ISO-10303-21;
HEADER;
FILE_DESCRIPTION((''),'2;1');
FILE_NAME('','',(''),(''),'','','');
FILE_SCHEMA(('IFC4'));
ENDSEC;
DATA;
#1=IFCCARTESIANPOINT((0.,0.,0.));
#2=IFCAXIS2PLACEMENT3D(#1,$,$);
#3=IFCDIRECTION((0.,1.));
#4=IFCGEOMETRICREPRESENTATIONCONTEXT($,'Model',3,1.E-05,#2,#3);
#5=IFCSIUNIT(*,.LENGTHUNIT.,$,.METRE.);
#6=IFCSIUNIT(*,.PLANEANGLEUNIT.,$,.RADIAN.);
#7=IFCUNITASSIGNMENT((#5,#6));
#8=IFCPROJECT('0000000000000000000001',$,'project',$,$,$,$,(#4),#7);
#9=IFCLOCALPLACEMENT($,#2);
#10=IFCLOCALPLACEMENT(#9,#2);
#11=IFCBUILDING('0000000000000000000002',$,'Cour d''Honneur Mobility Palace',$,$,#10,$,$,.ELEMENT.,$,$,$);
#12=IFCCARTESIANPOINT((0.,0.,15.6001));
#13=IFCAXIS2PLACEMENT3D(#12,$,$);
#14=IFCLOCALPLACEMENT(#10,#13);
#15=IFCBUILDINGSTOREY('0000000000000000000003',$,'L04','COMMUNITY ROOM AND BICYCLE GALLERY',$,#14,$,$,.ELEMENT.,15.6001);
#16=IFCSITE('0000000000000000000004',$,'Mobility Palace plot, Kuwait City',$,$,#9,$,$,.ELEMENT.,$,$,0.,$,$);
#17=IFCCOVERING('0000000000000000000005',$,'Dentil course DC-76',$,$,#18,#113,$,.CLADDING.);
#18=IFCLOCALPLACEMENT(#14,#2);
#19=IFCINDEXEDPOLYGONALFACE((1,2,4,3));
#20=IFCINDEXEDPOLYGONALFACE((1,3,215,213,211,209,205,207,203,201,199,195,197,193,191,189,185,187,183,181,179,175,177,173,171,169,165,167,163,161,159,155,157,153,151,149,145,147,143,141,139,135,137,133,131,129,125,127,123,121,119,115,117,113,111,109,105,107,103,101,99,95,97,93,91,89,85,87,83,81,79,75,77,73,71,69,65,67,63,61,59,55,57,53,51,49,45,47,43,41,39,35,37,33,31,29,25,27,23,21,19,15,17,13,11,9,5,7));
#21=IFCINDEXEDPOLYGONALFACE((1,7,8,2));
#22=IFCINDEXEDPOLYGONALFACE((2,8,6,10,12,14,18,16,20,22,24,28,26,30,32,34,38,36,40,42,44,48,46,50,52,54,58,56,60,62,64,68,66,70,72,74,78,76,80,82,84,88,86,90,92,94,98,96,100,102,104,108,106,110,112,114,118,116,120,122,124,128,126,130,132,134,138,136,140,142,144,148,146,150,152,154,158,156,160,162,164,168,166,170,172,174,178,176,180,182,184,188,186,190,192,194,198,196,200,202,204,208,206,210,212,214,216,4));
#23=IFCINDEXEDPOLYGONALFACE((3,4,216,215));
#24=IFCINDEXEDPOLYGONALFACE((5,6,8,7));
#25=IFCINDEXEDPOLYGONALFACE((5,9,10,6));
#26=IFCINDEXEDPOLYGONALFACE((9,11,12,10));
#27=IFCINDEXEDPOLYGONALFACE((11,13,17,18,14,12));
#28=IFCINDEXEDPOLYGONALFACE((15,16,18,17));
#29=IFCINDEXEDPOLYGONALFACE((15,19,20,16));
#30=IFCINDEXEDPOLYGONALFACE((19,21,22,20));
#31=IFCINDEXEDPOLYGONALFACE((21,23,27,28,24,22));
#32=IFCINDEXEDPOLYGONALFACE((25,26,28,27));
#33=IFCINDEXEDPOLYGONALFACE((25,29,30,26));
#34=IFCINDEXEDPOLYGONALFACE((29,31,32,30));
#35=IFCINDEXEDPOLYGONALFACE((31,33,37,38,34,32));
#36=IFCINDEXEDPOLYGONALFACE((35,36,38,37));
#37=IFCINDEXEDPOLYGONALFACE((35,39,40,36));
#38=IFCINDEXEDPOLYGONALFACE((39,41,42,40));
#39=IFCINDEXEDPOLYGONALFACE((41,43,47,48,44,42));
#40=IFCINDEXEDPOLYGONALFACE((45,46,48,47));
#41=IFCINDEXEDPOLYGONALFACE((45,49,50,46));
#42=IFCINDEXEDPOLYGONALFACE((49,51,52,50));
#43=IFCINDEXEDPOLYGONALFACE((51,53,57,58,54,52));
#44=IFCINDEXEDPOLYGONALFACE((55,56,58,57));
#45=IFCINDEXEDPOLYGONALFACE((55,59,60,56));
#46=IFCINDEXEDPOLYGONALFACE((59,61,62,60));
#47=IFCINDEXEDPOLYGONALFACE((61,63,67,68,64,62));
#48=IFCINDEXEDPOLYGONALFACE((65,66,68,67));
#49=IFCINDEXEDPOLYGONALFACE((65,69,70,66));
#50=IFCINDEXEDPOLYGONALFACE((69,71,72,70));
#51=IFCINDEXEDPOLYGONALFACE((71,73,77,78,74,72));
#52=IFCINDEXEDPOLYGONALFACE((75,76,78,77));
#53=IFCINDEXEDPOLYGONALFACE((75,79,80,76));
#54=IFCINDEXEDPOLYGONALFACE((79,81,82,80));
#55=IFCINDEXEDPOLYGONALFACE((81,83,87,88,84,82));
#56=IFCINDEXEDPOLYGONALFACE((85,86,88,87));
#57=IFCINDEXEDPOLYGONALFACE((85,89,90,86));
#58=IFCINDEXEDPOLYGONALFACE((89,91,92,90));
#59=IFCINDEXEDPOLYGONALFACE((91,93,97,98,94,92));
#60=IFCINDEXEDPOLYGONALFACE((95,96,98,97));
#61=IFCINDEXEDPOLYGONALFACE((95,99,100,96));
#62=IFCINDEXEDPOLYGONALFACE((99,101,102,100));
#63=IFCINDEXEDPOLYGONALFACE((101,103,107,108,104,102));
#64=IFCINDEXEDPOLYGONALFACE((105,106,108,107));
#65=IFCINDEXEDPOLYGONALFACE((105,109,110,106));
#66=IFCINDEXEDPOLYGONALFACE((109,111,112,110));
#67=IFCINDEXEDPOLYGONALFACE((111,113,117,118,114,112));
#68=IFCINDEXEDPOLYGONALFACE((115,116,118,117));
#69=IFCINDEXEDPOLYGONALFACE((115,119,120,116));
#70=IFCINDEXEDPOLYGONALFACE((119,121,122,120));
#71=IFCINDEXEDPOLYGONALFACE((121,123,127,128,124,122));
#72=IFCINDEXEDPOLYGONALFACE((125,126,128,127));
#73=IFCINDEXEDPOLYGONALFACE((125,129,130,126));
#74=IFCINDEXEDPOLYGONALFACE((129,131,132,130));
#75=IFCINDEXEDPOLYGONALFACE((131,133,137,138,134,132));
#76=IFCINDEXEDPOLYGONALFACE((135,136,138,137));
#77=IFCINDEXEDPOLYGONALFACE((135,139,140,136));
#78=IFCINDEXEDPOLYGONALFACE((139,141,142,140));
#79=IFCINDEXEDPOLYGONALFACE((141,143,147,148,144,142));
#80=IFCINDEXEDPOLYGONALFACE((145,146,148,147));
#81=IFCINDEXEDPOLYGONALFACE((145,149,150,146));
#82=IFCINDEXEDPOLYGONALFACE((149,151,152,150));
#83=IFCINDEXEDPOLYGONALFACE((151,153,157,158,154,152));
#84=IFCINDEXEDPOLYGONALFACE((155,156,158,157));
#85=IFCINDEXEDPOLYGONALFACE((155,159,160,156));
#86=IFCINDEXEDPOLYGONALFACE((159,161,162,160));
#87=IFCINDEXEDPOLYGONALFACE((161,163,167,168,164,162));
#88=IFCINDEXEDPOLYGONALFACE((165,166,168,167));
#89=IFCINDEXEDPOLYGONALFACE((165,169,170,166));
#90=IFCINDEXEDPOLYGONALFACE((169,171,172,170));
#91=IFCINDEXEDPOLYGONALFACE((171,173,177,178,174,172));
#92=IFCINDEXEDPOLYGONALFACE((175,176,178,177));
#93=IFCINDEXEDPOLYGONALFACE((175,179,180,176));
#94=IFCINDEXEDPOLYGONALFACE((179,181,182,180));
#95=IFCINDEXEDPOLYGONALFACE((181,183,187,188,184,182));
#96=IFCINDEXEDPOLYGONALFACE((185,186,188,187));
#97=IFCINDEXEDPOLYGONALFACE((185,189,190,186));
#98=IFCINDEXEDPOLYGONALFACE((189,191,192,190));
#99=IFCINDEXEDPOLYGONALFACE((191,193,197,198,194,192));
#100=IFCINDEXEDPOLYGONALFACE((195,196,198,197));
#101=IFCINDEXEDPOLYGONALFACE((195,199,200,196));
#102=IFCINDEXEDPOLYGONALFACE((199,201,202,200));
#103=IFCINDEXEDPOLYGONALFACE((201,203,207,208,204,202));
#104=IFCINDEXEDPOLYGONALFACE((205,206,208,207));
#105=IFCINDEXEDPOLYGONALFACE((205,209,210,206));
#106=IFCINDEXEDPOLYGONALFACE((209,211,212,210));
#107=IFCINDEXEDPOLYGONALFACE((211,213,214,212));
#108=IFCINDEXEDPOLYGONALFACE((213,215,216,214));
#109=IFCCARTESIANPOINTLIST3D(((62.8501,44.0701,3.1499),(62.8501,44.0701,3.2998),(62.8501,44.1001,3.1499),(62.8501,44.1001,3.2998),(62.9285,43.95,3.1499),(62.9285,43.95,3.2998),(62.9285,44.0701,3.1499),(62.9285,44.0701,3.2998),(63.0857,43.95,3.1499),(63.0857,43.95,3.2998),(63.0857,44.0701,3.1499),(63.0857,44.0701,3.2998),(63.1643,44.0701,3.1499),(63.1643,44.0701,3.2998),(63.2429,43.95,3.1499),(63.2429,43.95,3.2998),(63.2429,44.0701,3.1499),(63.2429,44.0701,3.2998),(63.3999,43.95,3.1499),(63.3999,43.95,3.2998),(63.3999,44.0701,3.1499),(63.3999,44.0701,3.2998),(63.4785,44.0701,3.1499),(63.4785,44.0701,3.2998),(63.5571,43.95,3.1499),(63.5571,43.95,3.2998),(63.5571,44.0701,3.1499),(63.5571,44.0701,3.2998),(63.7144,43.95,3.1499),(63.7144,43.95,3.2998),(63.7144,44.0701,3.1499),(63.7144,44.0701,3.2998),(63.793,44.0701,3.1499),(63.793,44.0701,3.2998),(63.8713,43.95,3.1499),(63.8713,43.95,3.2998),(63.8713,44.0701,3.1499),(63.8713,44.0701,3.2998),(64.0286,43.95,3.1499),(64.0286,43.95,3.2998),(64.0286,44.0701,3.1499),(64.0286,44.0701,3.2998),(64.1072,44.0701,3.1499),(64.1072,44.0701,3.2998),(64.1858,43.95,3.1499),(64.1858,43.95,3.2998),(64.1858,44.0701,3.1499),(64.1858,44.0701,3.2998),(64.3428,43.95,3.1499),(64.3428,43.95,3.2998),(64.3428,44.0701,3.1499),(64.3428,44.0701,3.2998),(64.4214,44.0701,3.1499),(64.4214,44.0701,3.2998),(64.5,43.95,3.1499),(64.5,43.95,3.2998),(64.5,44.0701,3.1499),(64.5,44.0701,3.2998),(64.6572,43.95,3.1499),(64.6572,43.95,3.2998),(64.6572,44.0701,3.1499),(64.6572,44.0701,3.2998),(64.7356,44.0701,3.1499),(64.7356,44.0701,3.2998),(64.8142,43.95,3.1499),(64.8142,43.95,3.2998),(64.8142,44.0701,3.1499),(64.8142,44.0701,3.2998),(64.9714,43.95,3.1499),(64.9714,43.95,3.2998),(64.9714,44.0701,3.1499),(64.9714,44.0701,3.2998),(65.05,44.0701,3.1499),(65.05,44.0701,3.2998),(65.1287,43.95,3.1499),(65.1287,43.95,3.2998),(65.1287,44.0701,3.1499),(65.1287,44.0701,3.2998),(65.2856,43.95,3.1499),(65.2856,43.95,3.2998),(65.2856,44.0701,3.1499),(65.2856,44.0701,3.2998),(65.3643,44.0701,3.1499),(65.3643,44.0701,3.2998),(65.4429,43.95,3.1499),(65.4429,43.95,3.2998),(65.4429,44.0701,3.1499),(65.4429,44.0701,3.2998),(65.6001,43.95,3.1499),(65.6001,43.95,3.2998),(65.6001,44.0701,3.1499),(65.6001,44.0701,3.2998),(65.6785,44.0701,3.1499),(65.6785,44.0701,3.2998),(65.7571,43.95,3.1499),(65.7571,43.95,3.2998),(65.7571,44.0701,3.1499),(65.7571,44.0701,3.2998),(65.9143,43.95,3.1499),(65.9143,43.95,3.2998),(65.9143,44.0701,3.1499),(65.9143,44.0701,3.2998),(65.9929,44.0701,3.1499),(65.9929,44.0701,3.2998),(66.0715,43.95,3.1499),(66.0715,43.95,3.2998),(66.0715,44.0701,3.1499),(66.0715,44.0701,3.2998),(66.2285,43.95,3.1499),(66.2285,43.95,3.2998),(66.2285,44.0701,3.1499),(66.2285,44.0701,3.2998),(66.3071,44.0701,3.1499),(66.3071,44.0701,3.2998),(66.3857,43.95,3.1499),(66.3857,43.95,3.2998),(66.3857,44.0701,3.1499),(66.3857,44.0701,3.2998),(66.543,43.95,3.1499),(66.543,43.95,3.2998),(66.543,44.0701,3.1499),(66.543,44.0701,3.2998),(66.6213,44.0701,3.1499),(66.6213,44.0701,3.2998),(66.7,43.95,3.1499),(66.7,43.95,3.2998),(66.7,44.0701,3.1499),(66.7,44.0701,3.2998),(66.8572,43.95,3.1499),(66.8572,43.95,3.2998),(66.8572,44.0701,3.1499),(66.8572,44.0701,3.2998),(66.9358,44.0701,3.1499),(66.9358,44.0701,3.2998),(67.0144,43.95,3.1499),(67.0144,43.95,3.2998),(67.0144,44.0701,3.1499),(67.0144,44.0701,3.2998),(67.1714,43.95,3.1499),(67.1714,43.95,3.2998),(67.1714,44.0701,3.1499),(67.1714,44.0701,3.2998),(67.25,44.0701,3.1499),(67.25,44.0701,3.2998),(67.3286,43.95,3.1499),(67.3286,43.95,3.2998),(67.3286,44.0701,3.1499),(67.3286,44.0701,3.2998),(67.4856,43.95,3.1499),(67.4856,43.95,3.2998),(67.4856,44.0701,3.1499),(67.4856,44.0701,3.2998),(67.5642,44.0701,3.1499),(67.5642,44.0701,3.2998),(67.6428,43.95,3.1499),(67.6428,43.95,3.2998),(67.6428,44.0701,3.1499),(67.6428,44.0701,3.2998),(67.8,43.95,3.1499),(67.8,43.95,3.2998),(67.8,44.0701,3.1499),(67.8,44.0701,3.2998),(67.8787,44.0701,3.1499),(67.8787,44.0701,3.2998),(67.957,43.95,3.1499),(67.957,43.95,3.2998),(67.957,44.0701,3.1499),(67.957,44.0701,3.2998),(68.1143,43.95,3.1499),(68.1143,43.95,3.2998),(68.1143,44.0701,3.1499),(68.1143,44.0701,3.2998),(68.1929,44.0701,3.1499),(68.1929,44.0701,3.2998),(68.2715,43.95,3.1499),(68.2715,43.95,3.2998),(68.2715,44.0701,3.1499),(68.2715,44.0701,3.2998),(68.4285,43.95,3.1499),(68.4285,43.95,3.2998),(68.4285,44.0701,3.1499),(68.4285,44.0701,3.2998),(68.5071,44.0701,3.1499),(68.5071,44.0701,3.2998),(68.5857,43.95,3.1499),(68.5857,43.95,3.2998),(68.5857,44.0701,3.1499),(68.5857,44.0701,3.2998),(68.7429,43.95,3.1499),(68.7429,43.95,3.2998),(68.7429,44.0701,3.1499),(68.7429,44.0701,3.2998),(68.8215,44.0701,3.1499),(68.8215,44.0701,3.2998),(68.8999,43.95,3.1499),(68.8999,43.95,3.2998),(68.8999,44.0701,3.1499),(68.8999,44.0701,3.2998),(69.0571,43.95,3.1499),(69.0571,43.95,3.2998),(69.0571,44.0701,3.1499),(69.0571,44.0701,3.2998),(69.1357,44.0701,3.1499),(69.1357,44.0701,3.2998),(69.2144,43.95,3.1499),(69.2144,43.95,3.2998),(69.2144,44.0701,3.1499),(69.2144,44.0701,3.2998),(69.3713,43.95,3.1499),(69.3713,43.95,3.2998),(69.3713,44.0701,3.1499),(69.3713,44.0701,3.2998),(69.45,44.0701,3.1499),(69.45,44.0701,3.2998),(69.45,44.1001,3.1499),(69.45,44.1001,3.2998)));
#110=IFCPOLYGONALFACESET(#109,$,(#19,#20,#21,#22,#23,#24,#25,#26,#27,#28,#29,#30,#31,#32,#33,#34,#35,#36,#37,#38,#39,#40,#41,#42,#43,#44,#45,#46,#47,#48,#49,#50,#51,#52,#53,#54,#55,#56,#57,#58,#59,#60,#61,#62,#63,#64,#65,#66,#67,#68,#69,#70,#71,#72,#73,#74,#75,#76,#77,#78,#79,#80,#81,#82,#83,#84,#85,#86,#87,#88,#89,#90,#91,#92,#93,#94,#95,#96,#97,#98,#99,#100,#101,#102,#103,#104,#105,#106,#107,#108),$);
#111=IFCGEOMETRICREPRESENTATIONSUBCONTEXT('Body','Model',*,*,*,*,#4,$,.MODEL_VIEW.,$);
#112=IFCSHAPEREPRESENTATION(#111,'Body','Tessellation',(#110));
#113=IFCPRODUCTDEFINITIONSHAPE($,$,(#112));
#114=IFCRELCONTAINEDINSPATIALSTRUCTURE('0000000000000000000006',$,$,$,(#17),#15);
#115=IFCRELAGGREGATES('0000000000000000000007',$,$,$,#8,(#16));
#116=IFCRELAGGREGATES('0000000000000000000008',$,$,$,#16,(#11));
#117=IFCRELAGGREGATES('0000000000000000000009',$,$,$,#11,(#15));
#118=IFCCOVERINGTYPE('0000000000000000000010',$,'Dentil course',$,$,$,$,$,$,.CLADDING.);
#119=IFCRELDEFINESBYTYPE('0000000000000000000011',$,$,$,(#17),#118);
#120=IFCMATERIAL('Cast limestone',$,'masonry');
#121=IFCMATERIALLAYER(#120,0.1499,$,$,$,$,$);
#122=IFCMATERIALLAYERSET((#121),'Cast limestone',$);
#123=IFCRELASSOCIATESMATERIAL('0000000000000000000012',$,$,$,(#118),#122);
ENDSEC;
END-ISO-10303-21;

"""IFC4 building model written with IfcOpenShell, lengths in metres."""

from ifc_helpers import new_model, si_unit, direction, frame, origin, place, context, subcontext, project, spatial, polyline, outline, extrude, material, layer, layer_set, type_object, element, save


model = new_model("IFC4")

# Units and contexts
model_context = context("Model", 3, precision=1e-05, world=origin(), true_north=direction((0.0, 1.0)))
body_context = subcontext(model_context, "Body", "Model", "MODEL_VIEW")
ifc_project = project(units=[si_unit("LENGTHUNIT", "METRE"), si_unit("PLANEANGLEUNIT", "RADIAN")], contexts=[model_context])

# Site, building, storey
site_placement = place(None, origin())
site = spatial("IfcSite", under=ifc_project, at=site_placement, Name="Mobility Palace plot, Kuwait City", CompositionType="ELEMENT", RefElevation=0.0)
building_placement = place(site_placement, origin())
building = spatial("IfcBuilding", under=site, at=building_placement, Name="Cour d'Honneur Mobility Palace", CompositionType="ELEMENT")
storey_placement = place(building_placement, frame((0.0, 0.0, 15.6001)))
storey = spatial("IfcBuildingStorey", under=building, at=storey_placement, Name="L04", Description="COMMUNITY ROOM AND BICYCLE GALLERY", CompositionType="ELEMENT", Elevation=15.6001)

# Covering
ifc_material_1 = material(Name="Cast limestone", Category="masonry")
ifc_layer_1 = layer(ifc_material_1, 0.1499)
ifc_layer_set_1 = layer_set([ifc_layer_1], Name="Cast limestone")
covering_type_1 = type_object("IfcCoveringType", Name="Dentil course", PredefinedType="CLADDING", material=ifc_layer_set_1)
covering_1_placement = place(storey_placement, frame((0.0, 0.0, 3.1499)))
element("IfcCovering", 1, at=covering_1_placement, inside=storey, type_object=covering_type_1, Name="Dentil course DC-76", PredefinedType="CLADDING", context=body_context, shape_type="SweptSolid", body=[
    extrude(outline(polyline([(62.8501, 44.1001), (69.45, 44.1001), (69.45, 44.0701), (69.45, 44.0701), (69.3713, 44.0701), (69.3713, 43.95), (69.2144, 43.95), (69.2144, 44.0701), (69.1357, 44.0701), (69.1357, 44.0701), (69.0571, 44.0701), (69.0571, 43.95), (68.8999, 43.95), (68.8999, 44.0701), (68.8215, 44.0701), (68.8215, 44.0701), (68.7429, 44.0701), (68.7429, 43.95), (68.5857, 43.95), (68.5857, 44.0701), (68.5071, 44.0701), (68.5071, 44.0701), (68.4285, 44.0701), (68.4285, 43.95), (68.2715, 43.95), (68.2715, 44.0701), (68.1929, 44.0701), (68.1929, 44.0701), (68.1143, 44.0701), (68.1143, 43.95), (67.957, 43.95), (67.957, 44.0701), (67.8787, 44.0701), (67.8787, 44.0701), (67.8, 44.0701), (67.8, 43.95), (67.6428, 43.95), (67.6428, 44.0701), (67.5642, 44.0701), (67.5642, 44.0701), (67.4856, 44.0701), (67.4856, 43.95), (67.3286, 43.95), (67.3286, 44.0701), (67.25, 44.0701), (67.25, 44.0701), (67.1714, 44.0701), (67.1714, 43.95), (67.0144, 43.95), (67.0144, 44.0701), (66.9358, 44.0701), (66.9358, 44.0701), (66.8572, 44.0701), (66.8572, 43.95), (66.7, 43.95), (66.7, 44.0701), (66.6213, 44.0701), (66.6213, 44.0701), (66.543, 44.0701), (66.543, 43.95), (66.3857, 43.95), (66.3857, 44.0701), (66.3071, 44.0701), (66.3071, 44.0701), (66.2285, 44.0701), (66.2285, 43.95), (66.0715, 43.95), (66.0715, 44.0701), (65.9929, 44.0701), (65.9929, 44.0701), (65.9143, 44.0701), (65.9143, 43.95), (65.7571, 43.95), (65.7571, 44.0701), (65.6785, 44.0701), (65.6785, 44.0701), (65.6001, 44.0701), (65.6001, 43.95), (65.4429, 43.95), (65.4429, 44.0701), (65.3643, 44.0701), (65.3643, 44.0701), (65.2856, 44.0701), (65.2856, 43.95), (65.1287, 43.95), (65.1287, 44.0701), (65.05, 44.0701), (65.05, 44.0701), (64.9714, 44.0701), (64.9714, 43.95), (64.8142, 43.95), (64.8142, 44.0701), (64.7356, 44.0701), (64.7356, 44.0701), (64.6572, 44.0701), (64.6572, 43.95), (64.5, 43.95), (64.5, 44.0701), (64.4214, 44.0701), (64.4214, 44.0701), (64.3428, 44.0701), (64.3428, 43.95), (64.1858, 43.95), (64.1858, 44.0701), (64.1072, 44.0701), (64.1072, 44.0701), (64.0286, 44.0701), (64.0286, 43.95), (63.8713, 43.95), (63.8713, 44.0701), (63.793, 44.0701), (63.793, 44.0701), (63.7144, 44.0701), (63.7144, 43.95), (63.5571, 43.95), (63.5571, 44.0701), (63.4785, 44.0701), (63.4785, 44.0701), (63.3999, 44.0701), (63.3999, 43.95), (63.2429, 43.95), (63.2429, 44.0701), (63.1643, 44.0701), (63.1643, 44.0701), (63.0857, 44.0701), (63.0857, 43.95), (62.9285, 43.95), (62.9285, 44.0701), (62.8501, 44.0701), (62.8501, 44.1001)])), origin(), (0.0, 0.0, 1.0), 0.1499),
])

save(model, "model.ifc")
